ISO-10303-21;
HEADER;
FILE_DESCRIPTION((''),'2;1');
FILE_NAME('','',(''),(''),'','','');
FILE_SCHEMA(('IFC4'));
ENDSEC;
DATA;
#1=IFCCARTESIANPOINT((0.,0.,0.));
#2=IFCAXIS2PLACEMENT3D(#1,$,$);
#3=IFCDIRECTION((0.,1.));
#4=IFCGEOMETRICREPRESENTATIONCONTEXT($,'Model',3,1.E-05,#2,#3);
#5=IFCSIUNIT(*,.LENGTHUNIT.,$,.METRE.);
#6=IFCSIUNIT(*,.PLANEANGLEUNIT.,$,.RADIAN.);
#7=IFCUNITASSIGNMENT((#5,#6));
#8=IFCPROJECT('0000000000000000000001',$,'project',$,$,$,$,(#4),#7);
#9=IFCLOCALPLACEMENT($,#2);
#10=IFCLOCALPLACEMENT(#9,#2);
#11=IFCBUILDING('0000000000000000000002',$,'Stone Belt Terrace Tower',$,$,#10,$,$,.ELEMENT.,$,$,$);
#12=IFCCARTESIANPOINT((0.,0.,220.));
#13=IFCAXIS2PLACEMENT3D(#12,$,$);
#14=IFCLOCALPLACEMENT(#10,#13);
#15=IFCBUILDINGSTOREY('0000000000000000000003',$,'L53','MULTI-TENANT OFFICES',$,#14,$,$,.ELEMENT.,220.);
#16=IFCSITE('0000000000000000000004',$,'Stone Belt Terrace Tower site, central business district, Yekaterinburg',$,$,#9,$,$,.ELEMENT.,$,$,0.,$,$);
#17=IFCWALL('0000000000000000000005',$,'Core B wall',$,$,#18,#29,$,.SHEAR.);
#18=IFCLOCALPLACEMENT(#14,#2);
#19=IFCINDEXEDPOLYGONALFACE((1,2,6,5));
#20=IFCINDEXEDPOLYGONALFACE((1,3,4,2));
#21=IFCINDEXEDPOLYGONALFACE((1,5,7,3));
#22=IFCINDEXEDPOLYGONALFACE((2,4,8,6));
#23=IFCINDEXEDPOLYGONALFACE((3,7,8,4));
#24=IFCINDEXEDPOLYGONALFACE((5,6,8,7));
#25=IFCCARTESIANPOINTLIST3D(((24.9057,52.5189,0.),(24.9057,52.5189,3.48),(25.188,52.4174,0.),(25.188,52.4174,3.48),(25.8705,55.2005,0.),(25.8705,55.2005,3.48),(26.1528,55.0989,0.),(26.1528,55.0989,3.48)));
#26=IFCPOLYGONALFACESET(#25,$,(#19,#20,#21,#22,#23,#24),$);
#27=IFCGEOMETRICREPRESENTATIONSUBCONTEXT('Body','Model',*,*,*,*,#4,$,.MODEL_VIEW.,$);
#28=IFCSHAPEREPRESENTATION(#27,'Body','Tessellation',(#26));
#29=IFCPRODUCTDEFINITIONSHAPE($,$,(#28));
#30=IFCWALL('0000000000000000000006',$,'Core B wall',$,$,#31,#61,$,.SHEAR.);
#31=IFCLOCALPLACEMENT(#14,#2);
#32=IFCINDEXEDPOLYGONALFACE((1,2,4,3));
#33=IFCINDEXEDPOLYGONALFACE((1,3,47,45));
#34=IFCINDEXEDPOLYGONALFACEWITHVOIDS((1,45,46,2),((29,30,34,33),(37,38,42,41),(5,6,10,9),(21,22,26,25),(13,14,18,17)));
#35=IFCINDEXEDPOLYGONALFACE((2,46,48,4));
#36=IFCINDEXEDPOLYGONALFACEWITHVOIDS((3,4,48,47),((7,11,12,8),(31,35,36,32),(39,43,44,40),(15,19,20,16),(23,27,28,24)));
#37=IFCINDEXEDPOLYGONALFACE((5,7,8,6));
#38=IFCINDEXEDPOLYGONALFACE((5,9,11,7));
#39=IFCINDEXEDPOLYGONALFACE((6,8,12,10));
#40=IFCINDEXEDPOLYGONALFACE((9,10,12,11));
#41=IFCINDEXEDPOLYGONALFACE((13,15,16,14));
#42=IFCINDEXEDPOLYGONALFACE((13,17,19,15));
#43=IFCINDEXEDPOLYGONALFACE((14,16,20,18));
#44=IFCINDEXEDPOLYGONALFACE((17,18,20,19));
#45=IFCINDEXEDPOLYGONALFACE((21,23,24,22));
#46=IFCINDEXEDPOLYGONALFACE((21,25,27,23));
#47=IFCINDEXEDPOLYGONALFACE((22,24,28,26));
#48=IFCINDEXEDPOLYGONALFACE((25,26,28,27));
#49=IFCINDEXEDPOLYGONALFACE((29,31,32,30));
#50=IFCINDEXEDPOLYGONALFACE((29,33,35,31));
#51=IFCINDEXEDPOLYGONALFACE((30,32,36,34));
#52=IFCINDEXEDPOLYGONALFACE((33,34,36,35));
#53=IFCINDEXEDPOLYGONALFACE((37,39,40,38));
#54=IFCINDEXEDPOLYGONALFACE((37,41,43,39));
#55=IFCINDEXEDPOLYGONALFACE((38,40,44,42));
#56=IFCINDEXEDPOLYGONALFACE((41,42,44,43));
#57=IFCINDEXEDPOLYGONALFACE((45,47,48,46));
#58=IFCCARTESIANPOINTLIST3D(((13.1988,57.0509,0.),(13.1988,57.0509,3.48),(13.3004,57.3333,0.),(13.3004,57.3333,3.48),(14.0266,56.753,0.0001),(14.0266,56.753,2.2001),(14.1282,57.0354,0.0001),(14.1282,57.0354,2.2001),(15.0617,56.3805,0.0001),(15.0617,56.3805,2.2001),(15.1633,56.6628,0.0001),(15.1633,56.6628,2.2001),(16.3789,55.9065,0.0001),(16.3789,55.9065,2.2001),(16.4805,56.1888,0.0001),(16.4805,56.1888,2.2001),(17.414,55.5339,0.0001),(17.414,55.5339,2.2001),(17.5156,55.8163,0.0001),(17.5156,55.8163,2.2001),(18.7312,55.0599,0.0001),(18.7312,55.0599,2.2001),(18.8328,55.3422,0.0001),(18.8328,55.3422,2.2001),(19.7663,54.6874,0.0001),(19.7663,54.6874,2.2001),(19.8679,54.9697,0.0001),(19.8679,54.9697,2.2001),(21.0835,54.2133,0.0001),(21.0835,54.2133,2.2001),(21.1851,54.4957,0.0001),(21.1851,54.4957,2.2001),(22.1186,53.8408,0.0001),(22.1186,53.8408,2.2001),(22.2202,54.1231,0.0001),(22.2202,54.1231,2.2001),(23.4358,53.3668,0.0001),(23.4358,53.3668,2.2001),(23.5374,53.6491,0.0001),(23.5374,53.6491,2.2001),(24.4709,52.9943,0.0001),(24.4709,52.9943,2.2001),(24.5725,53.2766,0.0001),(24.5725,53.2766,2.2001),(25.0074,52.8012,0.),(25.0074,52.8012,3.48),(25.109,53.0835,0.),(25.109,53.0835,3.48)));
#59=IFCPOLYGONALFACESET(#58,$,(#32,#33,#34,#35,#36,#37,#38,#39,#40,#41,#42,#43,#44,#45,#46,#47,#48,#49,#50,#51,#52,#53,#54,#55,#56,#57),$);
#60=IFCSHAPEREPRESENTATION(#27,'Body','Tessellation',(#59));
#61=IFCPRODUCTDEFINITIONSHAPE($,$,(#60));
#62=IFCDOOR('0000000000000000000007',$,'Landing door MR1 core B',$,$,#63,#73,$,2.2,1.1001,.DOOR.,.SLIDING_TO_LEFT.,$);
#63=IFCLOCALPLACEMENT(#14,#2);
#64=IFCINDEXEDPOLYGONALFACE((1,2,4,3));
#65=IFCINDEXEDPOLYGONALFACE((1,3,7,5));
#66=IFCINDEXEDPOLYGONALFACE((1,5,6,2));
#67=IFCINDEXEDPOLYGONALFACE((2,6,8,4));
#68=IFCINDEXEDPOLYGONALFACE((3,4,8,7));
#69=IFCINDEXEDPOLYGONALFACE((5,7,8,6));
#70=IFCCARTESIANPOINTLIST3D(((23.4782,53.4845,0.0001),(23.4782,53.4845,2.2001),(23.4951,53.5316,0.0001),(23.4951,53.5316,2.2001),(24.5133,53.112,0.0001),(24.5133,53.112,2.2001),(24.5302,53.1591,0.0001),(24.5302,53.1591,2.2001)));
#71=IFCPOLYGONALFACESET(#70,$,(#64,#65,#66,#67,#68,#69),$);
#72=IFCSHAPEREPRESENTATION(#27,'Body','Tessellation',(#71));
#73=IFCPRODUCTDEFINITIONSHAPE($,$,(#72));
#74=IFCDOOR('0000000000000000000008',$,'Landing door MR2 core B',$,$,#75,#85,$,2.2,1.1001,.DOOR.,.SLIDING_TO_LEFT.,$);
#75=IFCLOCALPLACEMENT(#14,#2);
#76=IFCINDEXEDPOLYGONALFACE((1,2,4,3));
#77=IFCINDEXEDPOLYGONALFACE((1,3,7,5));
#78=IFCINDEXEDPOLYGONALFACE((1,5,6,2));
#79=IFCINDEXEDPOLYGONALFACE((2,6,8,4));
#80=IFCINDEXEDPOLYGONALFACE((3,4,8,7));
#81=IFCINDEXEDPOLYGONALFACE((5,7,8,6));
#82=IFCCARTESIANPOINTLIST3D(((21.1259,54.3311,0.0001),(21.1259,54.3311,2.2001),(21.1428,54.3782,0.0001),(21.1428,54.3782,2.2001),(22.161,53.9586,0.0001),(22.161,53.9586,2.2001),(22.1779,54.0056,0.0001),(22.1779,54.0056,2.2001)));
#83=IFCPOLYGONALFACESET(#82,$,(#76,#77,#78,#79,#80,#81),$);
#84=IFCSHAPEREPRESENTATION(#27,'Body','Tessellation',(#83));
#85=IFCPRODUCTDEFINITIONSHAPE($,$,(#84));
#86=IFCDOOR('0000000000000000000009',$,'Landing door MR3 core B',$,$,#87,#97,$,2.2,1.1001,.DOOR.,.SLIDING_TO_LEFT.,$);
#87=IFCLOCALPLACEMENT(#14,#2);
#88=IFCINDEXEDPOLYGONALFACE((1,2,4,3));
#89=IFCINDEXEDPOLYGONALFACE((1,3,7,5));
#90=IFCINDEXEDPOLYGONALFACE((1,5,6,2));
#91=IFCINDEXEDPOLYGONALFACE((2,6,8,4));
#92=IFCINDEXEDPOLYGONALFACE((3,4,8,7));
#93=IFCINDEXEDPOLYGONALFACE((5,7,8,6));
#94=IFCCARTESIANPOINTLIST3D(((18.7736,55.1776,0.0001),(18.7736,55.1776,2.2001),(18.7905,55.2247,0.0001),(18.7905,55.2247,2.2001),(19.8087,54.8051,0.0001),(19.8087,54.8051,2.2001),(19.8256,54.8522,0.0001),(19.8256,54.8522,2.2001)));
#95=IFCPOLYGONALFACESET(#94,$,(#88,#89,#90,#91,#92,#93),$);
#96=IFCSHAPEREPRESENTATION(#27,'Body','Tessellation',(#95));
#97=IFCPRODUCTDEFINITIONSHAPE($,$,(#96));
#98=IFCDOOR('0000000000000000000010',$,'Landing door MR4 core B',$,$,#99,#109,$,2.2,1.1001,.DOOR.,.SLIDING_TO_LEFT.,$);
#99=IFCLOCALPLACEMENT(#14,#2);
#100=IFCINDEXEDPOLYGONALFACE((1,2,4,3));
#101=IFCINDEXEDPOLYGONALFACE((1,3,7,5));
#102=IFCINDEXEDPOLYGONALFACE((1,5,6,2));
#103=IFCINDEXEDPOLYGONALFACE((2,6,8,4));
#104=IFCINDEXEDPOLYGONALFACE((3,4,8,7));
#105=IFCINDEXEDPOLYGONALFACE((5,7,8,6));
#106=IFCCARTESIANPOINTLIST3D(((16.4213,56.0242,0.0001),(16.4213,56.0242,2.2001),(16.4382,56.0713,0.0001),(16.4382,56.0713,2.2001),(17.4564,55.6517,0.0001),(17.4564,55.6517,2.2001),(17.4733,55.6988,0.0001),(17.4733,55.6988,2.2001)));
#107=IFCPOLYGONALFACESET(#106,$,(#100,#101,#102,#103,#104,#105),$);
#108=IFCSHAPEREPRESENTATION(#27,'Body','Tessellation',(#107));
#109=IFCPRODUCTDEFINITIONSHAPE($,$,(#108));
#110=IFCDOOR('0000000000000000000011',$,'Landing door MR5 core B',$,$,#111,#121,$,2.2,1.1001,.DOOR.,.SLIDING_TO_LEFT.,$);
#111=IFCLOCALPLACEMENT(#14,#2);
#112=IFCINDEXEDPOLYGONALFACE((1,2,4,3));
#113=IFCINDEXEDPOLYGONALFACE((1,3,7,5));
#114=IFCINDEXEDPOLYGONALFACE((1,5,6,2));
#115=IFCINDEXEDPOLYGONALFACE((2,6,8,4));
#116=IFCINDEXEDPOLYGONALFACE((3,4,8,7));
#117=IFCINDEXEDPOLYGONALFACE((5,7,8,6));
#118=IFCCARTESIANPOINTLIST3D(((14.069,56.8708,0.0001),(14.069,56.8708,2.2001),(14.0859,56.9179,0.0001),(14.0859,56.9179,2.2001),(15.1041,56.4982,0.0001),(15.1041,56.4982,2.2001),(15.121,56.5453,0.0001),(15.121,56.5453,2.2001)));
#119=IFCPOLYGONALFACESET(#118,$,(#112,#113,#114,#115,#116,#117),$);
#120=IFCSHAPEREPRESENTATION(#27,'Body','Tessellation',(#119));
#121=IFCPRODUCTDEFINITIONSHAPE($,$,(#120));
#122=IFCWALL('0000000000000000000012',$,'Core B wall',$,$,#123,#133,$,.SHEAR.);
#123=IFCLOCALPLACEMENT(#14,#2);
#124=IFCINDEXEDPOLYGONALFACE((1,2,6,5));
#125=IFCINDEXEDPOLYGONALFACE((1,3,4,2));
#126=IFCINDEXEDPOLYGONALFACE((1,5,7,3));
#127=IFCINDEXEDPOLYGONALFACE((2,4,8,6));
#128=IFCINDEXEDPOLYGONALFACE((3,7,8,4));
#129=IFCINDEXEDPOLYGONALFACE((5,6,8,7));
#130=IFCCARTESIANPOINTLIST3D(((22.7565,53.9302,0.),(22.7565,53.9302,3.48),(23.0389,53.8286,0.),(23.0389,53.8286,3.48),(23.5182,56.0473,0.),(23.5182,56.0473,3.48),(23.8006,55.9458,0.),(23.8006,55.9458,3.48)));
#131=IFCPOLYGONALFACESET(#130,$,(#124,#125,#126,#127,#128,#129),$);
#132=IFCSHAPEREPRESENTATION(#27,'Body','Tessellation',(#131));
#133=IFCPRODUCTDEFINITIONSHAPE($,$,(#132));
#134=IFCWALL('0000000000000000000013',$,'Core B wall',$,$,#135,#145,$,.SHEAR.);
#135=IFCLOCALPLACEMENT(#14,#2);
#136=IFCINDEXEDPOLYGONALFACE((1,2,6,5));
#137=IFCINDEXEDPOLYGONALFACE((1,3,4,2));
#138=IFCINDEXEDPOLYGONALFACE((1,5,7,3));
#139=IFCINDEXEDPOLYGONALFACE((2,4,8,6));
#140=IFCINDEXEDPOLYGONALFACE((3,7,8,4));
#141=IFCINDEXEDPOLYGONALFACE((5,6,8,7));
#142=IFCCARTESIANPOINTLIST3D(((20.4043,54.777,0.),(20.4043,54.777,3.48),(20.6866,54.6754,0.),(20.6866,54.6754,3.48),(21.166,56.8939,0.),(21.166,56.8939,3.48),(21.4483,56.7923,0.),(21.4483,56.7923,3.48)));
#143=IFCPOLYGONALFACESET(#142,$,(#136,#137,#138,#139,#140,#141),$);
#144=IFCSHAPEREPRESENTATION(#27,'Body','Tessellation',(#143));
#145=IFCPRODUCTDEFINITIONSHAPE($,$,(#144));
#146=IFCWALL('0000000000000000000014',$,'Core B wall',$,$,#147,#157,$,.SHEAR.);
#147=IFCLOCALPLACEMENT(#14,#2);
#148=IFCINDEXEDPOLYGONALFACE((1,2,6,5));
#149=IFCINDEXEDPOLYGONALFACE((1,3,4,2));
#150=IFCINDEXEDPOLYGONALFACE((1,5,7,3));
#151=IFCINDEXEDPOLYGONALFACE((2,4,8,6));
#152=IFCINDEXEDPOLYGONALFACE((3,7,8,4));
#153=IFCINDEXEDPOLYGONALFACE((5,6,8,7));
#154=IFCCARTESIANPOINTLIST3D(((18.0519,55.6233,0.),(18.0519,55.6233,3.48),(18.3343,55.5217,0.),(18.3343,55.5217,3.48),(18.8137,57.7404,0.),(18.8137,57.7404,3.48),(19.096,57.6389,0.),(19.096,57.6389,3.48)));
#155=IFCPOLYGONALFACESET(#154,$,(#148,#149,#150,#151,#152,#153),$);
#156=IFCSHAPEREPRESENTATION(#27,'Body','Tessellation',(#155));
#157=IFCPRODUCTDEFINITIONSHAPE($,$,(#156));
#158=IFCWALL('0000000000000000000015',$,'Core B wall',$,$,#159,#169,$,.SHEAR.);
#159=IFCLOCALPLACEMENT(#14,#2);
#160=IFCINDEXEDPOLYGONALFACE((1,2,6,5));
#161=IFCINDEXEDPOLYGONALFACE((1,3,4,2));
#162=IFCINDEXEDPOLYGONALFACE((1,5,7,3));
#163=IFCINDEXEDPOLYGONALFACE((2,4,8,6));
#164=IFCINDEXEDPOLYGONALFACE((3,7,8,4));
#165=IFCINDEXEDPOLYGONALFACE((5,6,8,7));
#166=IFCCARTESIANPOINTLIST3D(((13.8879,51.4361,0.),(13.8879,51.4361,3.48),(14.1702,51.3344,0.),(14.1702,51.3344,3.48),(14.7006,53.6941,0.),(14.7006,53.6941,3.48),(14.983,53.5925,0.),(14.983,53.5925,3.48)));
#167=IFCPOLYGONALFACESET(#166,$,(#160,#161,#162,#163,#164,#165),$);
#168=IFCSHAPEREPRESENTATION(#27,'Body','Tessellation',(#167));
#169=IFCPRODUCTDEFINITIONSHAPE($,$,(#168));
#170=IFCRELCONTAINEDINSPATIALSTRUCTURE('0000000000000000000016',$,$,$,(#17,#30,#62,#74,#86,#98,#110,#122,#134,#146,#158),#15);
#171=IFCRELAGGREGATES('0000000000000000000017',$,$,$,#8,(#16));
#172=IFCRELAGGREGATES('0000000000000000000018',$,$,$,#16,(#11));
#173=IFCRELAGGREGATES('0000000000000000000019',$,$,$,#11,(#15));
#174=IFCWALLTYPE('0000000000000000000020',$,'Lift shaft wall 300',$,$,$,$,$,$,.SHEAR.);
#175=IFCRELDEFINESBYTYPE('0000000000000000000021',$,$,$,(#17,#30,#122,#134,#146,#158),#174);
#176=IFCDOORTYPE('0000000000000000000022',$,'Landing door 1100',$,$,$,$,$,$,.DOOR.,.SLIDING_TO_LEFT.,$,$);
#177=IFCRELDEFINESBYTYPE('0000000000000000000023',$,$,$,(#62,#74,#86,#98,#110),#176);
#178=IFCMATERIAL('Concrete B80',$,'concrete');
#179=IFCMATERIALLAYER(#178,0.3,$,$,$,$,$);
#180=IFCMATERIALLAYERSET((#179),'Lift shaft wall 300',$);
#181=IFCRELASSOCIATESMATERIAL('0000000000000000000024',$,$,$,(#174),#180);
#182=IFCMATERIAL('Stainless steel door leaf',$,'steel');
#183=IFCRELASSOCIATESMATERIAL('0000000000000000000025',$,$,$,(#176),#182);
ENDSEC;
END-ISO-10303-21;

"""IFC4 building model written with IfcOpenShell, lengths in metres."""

from ifc_helpers import new_model, si_unit, direction, frame, frame_2d, origin, place, context, subcontext, project, spatial, rectangle, extrude, material, layer, layer_set, type_object, element, fill, save


model = new_model("IFC4")

# Units and contexts
model_context = context("Model", 3, precision=1e-05, world=origin(), true_north=direction((0.0, 1.0)))
body_context = subcontext(model_context, "Body", "Model", "MODEL_VIEW")
ifc_project = project(units=[si_unit("LENGTHUNIT", "METRE"), si_unit("PLANEANGLEUNIT", "RADIAN")], contexts=[model_context])

# Site, building, storey
site_placement = place(None, origin())
site = spatial("IfcSite", under=ifc_project, at=site_placement, Name="Stone Belt Terrace Tower site, central business district, Yekaterinburg", CompositionType="ELEMENT", RefElevation=0.0)
building_placement = place(site_placement, origin())
building = spatial("IfcBuilding", under=site, at=building_placement, Name="Stone Belt Terrace Tower", CompositionType="ELEMENT")
storey_placement = place(building_placement, frame((0.0, 0.0, 220.0)))
storey = spatial("IfcBuildingStorey", under=building, at=storey_placement, Name="L53", Description="MULTI-TENANT OFFICES", CompositionType="ELEMENT", Elevation=220.0)

# Wall
ifc_material_1 = material(Name="Concrete B80", Category="concrete")
ifc_layer_1 = layer(ifc_material_1, 0.3)
ifc_layer_set_1 = layer_set([ifc_layer_1], Name="Lift shaft wall 300")
wall_type_1 = type_object("IfcWallType", Name="Lift shaft wall 300", PredefinedType="SHEAR", material=ifc_layer_set_1)
wall_1_placement = place(storey_placement, frame((25.0469, 52.4683, 0.0), z_axis=(0.0, 0.0, 1.0), x_axis=(0.33855, 0.940949, 0.0)))
element("IfcWall", 1, at=wall_1_placement, inside=storey, type_object=wall_type_1, Name="Core B wall", PredefinedType="SHEAR", context=body_context, shape_type="SweptSolid", body=[
    extrude(rectangle(XDim=2.8499, YDim=0.3, at=frame_2d((1.4248, 0.0))), origin(), (0.0, 0.0, 1.0), 3.48),
])

# Wall, openings, doors
wall_2_placement = place(storey_placement, frame((25.0581, 52.9424, 0.0), z_axis=(0.0, 0.0, 1.0), x_axis=(-0.940921, 0.338625, 0.0)))
wall_2 = element("IfcWall", 2, at=wall_2_placement, inside=storey, type_object=wall_type_1, Name="Core B wall", PredefinedType="SHEAR", context=body_context, shape_type="SweptSolid", body=[
    extrude(rectangle(XDim=12.55, YDim=0.3, at=frame_2d((6.2749, 0.0))), origin(), (0.0, 0.0, 1.0), 3.48),
])
opening_1_placement = place(wall_2_placement, frame((0.5701, 0.0, 0.0)))
opening_1 = element("IfcOpeningElement", 3, at=opening_1_placement, cuts=wall_2, PredefinedType="OPENING", context=body_context, shape_type="SweptSolid", body=[
    extrude(rectangle(XDim=1.1001, YDim=2.2, at=frame_2d((0.55, 1.1001))), frame((0.0, 0.1599, 0.0), z_axis=(0.0, -1.0, 0.0), x_axis=(1.0, 0.0, 0.0)), (0.0, 0.0, 1.0), 0.3201),
])
opening_2_placement = place(wall_2_placement, frame((3.0701, 0.0, 0.0)))
opening_2 = element("IfcOpeningElement", 4, at=opening_2_placement, cuts=wall_2, PredefinedType="OPENING", context=body_context, shape_type="SweptSolid", body=[
    extrude(rectangle(XDim=1.1001, YDim=2.2, at=frame_2d((0.55, 1.1001))), frame((0.0, 0.1599, 0.0), z_axis=(0.0, -1.0, 0.0), x_axis=(1.0, 0.0, 0.0)), (0.0, 0.0, 1.0), 0.3201),
])
opening_3_placement = place(wall_2_placement, frame((5.5701, 0.0, 0.0)))
opening_3 = element("IfcOpeningElement", 5, at=opening_3_placement, cuts=wall_2, PredefinedType="OPENING", context=body_context, shape_type="SweptSolid", body=[
    extrude(rectangle(XDim=1.1001, YDim=2.2, at=frame_2d((0.55, 1.1001))), frame((0.0, 0.1599, 0.0), z_axis=(0.0, -1.0, 0.0), x_axis=(1.0, 0.0, 0.0)), (0.0, 0.0, 1.0), 0.3201),
])
opening_4_placement = place(wall_2_placement, frame((8.0701, 0.0, 0.0)))
opening_4 = element("IfcOpeningElement", 6, at=opening_4_placement, cuts=wall_2, PredefinedType="OPENING", context=body_context, shape_type="SweptSolid", body=[
    extrude(rectangle(XDim=1.1001, YDim=2.2, at=frame_2d((0.55, 1.1001))), frame((0.0, 0.1599, 0.0), z_axis=(0.0, -1.0, 0.0), x_axis=(1.0, 0.0, 0.0)), (0.0, 0.0, 1.0), 0.3201),
])
opening_5_placement = place(wall_2_placement, frame((10.5701, 0.0, 0.0)))
opening_5 = element("IfcOpeningElement", 7, at=opening_5_placement, cuts=wall_2, PredefinedType="OPENING", context=body_context, shape_type="SweptSolid", body=[
    extrude(rectangle(XDim=1.1001, YDim=2.2, at=frame_2d((0.55, 1.1001))), frame((0.0, 0.1599, 0.0), z_axis=(0.0, -1.0, 0.0), x_axis=(1.0, 0.0, 0.0)), (0.0, 0.0, 1.0), 0.3201),
])
ifc_material_2 = material(Name="Stainless steel door leaf", Category="steel")
door_type_1 = type_object("IfcDoorType", Name="Landing door 1100", OperationType="SLIDING_TO_LEFT", PredefinedType="DOOR", material=ifc_material_2)
door_1_placement = place(opening_1_placement, origin())
door_1 = element("IfcDoor", 8, at=door_1_placement, inside=storey, type_object=door_type_1, Name="Landing door MR1 core B", OperationType="SLIDING_TO_LEFT", OverallHeight=2.2, OverallWidth=1.1001, PredefinedType="DOOR", context=body_context, shape_type="SweptSolid", body=[
    extrude(rectangle(XDim=1.1001, YDim=2.2, at=frame_2d((0.55, 1.1001))), frame((0.0, 0.0249, 0.0), z_axis=(0.0, -1.0, 0.0), x_axis=(1.0, 0.0, 0.0)), (0.0, 0.0, 1.0), 0.05),
])
fill(opening_1, door_1)
door_2_placement = place(opening_2_placement, origin())
door_2 = element("IfcDoor", 9, at=door_2_placement, inside=storey, type_object=door_type_1, Name="Landing door MR2 core B", OperationType="SLIDING_TO_LEFT", OverallHeight=2.2, OverallWidth=1.1001, PredefinedType="DOOR", context=body_context, shape_type="SweptSolid", body=[
    extrude(rectangle(XDim=1.1001, YDim=2.2, at=frame_2d((0.55, 1.1001))), frame((0.0, 0.0249, 0.0), z_axis=(0.0, -1.0, 0.0), x_axis=(1.0, 0.0, 0.0)), (0.0, 0.0, 1.0), 0.05),
])
fill(opening_2, door_2)
door_3_placement = place(opening_3_placement, origin())
door_3 = element("IfcDoor", 10, at=door_3_placement, inside=storey, type_object=door_type_1, Name="Landing door MR3 core B", OperationType="SLIDING_TO_LEFT", OverallHeight=2.2, OverallWidth=1.1001, PredefinedType="DOOR", context=body_context, shape_type="SweptSolid", body=[
    extrude(rectangle(XDim=1.1001, YDim=2.2, at=frame_2d((0.55, 1.1001))), frame((0.0, 0.0249, 0.0), z_axis=(0.0, -1.0, 0.0), x_axis=(1.0, 0.0, 0.0)), (0.0, 0.0, 1.0), 0.05),
])
fill(opening_3, door_3)
door_4_placement = place(opening_4_placement, origin())
door_4 = element("IfcDoor", 11, at=door_4_placement, inside=storey, type_object=door_type_1, Name="Landing door MR4 core B", OperationType="SLIDING_TO_LEFT", OverallHeight=2.2, OverallWidth=1.1001, PredefinedType="DOOR", context=body_context, shape_type="SweptSolid", body=[
    extrude(rectangle(XDim=1.1001, YDim=2.2, at=frame_2d((0.55, 1.1001))), frame((0.0, 0.0249, 0.0), z_axis=(0.0, -1.0, 0.0), x_axis=(1.0, 0.0, 0.0)), (0.0, 0.0, 1.0), 0.05),
])
fill(opening_4, door_4)
door_5_placement = place(opening_5_placement, origin())
door_5 = element("IfcDoor", 12, at=door_5_placement, inside=storey, type_object=door_type_1, Name="Landing door MR5 core B", OperationType="SLIDING_TO_LEFT", OverallHeight=2.2, OverallWidth=1.1001, PredefinedType="DOOR", context=body_context, shape_type="SweptSolid", body=[
    extrude(rectangle(XDim=1.1001, YDim=2.2, at=frame_2d((0.55, 1.1001))), frame((0.0, 0.0249, 0.0), z_axis=(0.0, -1.0, 0.0), x_axis=(1.0, 0.0, 0.0)), (0.0, 0.0, 1.0), 0.05),
])
fill(opening_5, door_5)

# Walls
wall_3_placement = place(storey_placement, frame((22.8977, 53.8794, 0.0), z_axis=(0.0, 0.0, 1.0), x_axis=(0.338535, 0.940954, 0.0)))
element("IfcWall", 13, at=wall_3_placement, inside=storey, type_object=wall_type_1, Name="Core B wall", PredefinedType="SHEAR", context=body_context, shape_type="SweptSolid", body=[
    extrude(rectangle(XDim=2.25, YDim=0.3, at=frame_2d((1.125, 0.0))), origin(), (0.0, 0.0, 1.0), 3.48),
])
wall_4_placement = place(storey_placement, frame((20.5454, 54.7261, 0.0), z_axis=(0.0, 0.0, 1.0), x_axis=(0.33857, 0.940941, 0.0)))
element("IfcWall", 14, at=wall_4_placement, inside=storey, type_object=wall_type_1, Name="Core B wall", PredefinedType="SHEAR", context=body_context, shape_type="SweptSolid", body=[
    extrude(rectangle(XDim=2.2498, YDim=0.3, at=frame_2d((1.125, 0.0))), origin(), (0.0, 0.0, 1.0), 3.48),
])
wall_5_placement = place(storey_placement, frame((18.1931, 55.5725, 0.0), z_axis=(0.0, 0.0, 1.0), x_axis=(0.338535, 0.940954, 0.0)))
element("IfcWall", 15, at=wall_5_placement, inside=storey, type_object=wall_type_1, Name="Core B wall", PredefinedType="SHEAR", context=body_context, shape_type="SweptSolid", body=[
    extrude(rectangle(XDim=2.25, YDim=0.3, at=frame_2d((1.125, 0.0))), origin(), (0.0, 0.0, 1.0), 3.48),
])
wall_6_placement = place(storey_placement, frame((14.0291, 51.3853, 0.0), z_axis=(0.0, 0.0, 1.0), x_axis=(0.338662, 0.940908, 0.0)))
element("IfcWall", 16, at=wall_6_placement, inside=storey, type_object=wall_type_1, Name="Core B wall", PredefinedType="SHEAR", context=body_context, shape_type="SweptSolid", body=[
    extrude(rectangle(XDim=2.3999, YDim=0.3, at=frame_2d((1.2, 0.0))), origin(), (0.0, 0.0, 1.0), 3.48),
])

save(model, "model.ifc")
